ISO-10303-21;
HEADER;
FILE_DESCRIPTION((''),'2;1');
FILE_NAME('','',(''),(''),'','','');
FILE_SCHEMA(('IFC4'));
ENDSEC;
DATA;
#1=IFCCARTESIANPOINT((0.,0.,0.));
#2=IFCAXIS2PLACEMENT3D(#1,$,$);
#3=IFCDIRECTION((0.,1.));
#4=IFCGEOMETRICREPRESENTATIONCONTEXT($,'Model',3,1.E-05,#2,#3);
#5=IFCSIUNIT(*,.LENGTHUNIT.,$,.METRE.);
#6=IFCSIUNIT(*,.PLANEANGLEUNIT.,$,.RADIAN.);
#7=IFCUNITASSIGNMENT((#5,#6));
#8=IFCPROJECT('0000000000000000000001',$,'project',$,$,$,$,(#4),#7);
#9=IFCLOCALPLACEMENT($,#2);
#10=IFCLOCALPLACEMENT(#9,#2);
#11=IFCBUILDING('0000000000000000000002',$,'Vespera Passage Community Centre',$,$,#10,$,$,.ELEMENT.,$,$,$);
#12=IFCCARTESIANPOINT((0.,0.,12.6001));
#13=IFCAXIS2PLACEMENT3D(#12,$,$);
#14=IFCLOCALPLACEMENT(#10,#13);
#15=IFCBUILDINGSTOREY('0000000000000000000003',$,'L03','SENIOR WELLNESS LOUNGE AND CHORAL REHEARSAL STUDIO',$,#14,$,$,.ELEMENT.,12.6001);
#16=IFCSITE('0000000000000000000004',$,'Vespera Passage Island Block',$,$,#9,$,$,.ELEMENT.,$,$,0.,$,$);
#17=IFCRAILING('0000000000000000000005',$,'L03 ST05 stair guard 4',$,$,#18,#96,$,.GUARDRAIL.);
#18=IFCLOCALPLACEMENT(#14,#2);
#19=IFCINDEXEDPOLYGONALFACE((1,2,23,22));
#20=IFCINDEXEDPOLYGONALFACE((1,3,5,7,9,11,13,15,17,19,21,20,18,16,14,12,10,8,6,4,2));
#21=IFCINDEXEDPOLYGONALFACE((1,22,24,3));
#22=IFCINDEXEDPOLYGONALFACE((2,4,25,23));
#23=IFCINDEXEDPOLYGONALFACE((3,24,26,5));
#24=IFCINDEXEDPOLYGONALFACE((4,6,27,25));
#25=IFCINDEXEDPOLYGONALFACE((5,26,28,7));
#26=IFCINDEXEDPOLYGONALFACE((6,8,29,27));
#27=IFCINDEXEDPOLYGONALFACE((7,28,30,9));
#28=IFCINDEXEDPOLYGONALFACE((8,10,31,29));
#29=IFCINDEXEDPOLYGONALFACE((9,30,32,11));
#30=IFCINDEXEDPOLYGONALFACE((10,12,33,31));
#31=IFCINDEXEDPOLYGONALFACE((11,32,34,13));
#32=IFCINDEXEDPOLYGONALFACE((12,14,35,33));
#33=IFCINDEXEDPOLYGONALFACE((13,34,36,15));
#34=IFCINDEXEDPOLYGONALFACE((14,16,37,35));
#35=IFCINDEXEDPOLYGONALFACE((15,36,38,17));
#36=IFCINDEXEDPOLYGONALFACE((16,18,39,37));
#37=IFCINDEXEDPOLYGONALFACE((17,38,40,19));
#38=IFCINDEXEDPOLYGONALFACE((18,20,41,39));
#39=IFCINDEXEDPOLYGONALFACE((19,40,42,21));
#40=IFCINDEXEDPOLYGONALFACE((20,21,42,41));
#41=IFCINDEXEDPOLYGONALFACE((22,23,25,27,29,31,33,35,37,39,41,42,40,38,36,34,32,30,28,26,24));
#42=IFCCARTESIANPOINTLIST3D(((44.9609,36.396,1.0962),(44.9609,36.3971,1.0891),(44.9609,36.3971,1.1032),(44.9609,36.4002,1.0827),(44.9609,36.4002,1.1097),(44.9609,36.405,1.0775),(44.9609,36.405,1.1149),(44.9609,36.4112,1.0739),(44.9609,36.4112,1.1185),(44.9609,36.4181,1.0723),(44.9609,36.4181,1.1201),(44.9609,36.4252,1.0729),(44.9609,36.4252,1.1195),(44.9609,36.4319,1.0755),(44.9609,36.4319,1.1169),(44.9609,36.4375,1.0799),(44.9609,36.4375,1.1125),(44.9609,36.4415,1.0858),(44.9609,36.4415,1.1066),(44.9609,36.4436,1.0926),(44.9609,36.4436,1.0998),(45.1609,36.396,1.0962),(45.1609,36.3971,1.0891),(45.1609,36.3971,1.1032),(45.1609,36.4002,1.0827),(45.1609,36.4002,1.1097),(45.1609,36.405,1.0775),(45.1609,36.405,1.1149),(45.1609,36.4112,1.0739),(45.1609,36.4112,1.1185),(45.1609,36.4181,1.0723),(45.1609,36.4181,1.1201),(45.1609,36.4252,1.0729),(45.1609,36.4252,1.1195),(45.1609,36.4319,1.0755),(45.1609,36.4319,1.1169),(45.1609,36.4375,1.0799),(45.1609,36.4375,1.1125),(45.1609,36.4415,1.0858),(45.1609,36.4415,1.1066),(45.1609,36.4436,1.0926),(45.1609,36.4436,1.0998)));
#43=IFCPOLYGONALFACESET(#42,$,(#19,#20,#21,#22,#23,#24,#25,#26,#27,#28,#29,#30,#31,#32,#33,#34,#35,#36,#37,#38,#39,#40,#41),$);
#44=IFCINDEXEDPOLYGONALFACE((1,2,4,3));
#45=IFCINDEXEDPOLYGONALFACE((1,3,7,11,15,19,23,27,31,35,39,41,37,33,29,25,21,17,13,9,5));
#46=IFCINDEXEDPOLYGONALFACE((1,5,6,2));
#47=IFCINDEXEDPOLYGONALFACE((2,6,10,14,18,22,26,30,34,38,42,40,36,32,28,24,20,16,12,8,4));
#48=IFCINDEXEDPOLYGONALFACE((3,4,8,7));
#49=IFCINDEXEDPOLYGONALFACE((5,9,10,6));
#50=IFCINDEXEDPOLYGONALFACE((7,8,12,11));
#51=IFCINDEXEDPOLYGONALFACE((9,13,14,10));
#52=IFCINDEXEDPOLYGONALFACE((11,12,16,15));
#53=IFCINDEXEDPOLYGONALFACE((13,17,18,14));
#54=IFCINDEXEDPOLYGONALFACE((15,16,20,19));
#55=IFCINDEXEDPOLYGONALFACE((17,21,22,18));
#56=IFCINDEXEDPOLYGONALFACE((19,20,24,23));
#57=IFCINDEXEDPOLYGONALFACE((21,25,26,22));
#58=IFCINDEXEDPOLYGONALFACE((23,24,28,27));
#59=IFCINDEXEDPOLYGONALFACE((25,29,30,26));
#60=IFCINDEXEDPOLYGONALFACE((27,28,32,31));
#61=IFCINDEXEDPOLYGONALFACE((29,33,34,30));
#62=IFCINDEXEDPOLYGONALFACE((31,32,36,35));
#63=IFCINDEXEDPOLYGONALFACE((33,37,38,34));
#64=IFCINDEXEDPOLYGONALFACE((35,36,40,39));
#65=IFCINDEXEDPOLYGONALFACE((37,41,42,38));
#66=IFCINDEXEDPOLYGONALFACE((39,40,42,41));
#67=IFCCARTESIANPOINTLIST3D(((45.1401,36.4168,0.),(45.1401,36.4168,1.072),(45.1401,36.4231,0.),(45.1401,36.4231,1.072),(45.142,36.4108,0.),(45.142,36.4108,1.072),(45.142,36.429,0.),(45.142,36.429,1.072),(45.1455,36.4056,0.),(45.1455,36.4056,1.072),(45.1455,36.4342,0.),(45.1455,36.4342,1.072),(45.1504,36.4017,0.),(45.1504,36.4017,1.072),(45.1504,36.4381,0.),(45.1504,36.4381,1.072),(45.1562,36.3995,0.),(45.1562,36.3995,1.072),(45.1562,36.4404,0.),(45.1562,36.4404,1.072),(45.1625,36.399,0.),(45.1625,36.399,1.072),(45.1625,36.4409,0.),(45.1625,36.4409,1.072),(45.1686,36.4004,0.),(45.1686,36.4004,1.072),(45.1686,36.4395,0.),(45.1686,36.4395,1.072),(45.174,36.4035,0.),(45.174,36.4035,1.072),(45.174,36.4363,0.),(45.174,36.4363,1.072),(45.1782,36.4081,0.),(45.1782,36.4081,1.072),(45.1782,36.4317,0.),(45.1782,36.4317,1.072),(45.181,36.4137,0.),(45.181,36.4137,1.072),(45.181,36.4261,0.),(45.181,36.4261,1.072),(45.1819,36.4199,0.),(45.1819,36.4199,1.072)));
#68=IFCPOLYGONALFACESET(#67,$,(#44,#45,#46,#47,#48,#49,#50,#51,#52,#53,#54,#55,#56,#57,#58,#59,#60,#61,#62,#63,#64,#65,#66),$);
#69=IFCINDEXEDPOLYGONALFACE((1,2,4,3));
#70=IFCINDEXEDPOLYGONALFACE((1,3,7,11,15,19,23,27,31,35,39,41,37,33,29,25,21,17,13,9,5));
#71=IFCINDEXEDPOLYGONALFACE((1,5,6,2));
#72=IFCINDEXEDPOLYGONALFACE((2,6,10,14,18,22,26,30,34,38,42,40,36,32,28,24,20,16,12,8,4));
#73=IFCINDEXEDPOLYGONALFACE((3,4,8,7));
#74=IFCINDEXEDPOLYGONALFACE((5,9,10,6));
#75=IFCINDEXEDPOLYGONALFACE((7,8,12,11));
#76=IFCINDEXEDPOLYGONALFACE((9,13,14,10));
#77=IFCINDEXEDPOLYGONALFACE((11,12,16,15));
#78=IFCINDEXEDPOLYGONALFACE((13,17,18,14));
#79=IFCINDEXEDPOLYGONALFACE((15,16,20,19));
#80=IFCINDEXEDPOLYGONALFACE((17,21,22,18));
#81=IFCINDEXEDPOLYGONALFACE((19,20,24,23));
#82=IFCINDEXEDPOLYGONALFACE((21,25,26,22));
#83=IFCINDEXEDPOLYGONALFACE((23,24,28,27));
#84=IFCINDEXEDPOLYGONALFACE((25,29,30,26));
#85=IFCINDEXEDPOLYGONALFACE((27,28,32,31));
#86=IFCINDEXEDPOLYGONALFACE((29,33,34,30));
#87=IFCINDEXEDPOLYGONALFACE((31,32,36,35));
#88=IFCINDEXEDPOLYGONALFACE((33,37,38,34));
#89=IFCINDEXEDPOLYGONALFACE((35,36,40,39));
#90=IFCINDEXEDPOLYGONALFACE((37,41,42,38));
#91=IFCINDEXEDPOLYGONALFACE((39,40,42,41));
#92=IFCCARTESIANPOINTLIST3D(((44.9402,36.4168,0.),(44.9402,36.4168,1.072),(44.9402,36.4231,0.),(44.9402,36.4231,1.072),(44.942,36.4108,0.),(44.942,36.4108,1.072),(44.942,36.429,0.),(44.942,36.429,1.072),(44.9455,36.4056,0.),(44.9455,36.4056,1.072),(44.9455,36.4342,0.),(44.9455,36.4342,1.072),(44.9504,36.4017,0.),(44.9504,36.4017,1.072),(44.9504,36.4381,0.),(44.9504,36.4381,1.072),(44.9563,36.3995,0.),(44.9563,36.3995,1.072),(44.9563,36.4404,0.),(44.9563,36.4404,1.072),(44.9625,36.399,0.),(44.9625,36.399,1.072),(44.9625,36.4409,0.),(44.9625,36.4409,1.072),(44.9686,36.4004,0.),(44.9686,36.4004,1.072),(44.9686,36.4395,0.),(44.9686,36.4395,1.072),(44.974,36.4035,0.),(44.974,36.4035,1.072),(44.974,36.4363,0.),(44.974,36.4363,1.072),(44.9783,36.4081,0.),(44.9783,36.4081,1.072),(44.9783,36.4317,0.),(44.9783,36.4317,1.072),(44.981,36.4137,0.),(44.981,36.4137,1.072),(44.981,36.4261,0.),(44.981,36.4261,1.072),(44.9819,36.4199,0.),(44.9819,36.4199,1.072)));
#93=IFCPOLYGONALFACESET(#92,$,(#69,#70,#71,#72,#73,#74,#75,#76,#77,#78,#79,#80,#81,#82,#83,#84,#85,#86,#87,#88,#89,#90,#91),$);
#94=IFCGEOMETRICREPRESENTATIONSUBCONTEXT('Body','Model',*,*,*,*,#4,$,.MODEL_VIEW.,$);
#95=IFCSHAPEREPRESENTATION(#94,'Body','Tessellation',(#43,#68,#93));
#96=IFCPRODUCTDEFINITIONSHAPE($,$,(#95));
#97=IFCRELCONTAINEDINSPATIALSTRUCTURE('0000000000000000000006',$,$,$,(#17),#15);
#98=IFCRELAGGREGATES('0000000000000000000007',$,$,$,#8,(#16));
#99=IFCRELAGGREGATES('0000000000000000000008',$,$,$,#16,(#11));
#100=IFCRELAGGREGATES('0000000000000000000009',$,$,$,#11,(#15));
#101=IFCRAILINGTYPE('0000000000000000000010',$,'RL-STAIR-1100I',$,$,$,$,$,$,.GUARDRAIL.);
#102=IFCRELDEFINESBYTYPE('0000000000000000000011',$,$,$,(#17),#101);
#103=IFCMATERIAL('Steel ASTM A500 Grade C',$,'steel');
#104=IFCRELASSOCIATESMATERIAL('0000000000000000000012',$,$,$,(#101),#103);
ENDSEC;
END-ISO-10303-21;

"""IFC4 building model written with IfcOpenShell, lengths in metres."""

from ifc_helpers import new_model, si_unit, direction, frame, origin, origin_2d, place, context, subcontext, project, spatial, circle, extrude, material, type_object, element, save


model = new_model("IFC4")

# Units and contexts
model_context = context("Model", 3, precision=1e-05, world=origin(), true_north=direction((0.0, 1.0)))
body_context = subcontext(model_context, "Body", "Model", "MODEL_VIEW")
ifc_project = project(units=[si_unit("LENGTHUNIT", "METRE"), si_unit("PLANEANGLEUNIT", "RADIAN")], contexts=[model_context])

# Site, building, storey
site_placement = place(None, origin())
site = spatial("IfcSite", under=ifc_project, at=site_placement, Name="Vespera Passage Island Block", CompositionType="ELEMENT", RefElevation=0.0)
building_placement = place(site_placement, origin())
building = spatial("IfcBuilding", under=site, at=building_placement, Name="Vespera Passage Community Centre", CompositionType="ELEMENT")
storey_placement = place(building_placement, frame((0.0, 0.0, 12.6001)))
storey = spatial("IfcBuildingStorey", under=building, at=storey_placement, Name="L03", Description="SENIOR WELLNESS LOUNGE AND CHORAL REHEARSAL STUDIO", CompositionType="ELEMENT", Elevation=12.6001)

# Railing
ifc_material_1 = material(Name="Steel ASTM A500 Grade C", Category="steel")
railing_type_1 = type_object("IfcRailingType", Name="RL-STAIR-1100I", PredefinedType="GUARDRAIL", material=ifc_material_1)
railing_1_placement = place(storey_placement, frame((45.1609, 36.4199, 0.0)))
element("IfcRailing", 1, at=railing_1_placement, inside=storey, type_object=railing_type_1, Name="L03 ST05 stair guard 4", PredefinedType="GUARDRAIL", context=body_context, shape_type="SweptSolid", body=[
    extrude(circle(Radius=0.0239, at=origin_2d()), frame((0.0, 0.0, 1.0962), z_axis=(-1.0, 0.0, 0.0), x_axis=(0.0, -1.0, 0.0)), (0.0, 0.0, 1.0), 0.2),
    extrude(circle(Radius=0.021, at=origin_2d()), origin(), (0.0, 0.0, 1.0), 1.072),
    extrude(circle(Radius=0.021, at=origin_2d()), frame((-0.2, 0.0, 0.0)), (0.0, 0.0, 1.0), 1.072),
])

save(model, "model.ifc")
